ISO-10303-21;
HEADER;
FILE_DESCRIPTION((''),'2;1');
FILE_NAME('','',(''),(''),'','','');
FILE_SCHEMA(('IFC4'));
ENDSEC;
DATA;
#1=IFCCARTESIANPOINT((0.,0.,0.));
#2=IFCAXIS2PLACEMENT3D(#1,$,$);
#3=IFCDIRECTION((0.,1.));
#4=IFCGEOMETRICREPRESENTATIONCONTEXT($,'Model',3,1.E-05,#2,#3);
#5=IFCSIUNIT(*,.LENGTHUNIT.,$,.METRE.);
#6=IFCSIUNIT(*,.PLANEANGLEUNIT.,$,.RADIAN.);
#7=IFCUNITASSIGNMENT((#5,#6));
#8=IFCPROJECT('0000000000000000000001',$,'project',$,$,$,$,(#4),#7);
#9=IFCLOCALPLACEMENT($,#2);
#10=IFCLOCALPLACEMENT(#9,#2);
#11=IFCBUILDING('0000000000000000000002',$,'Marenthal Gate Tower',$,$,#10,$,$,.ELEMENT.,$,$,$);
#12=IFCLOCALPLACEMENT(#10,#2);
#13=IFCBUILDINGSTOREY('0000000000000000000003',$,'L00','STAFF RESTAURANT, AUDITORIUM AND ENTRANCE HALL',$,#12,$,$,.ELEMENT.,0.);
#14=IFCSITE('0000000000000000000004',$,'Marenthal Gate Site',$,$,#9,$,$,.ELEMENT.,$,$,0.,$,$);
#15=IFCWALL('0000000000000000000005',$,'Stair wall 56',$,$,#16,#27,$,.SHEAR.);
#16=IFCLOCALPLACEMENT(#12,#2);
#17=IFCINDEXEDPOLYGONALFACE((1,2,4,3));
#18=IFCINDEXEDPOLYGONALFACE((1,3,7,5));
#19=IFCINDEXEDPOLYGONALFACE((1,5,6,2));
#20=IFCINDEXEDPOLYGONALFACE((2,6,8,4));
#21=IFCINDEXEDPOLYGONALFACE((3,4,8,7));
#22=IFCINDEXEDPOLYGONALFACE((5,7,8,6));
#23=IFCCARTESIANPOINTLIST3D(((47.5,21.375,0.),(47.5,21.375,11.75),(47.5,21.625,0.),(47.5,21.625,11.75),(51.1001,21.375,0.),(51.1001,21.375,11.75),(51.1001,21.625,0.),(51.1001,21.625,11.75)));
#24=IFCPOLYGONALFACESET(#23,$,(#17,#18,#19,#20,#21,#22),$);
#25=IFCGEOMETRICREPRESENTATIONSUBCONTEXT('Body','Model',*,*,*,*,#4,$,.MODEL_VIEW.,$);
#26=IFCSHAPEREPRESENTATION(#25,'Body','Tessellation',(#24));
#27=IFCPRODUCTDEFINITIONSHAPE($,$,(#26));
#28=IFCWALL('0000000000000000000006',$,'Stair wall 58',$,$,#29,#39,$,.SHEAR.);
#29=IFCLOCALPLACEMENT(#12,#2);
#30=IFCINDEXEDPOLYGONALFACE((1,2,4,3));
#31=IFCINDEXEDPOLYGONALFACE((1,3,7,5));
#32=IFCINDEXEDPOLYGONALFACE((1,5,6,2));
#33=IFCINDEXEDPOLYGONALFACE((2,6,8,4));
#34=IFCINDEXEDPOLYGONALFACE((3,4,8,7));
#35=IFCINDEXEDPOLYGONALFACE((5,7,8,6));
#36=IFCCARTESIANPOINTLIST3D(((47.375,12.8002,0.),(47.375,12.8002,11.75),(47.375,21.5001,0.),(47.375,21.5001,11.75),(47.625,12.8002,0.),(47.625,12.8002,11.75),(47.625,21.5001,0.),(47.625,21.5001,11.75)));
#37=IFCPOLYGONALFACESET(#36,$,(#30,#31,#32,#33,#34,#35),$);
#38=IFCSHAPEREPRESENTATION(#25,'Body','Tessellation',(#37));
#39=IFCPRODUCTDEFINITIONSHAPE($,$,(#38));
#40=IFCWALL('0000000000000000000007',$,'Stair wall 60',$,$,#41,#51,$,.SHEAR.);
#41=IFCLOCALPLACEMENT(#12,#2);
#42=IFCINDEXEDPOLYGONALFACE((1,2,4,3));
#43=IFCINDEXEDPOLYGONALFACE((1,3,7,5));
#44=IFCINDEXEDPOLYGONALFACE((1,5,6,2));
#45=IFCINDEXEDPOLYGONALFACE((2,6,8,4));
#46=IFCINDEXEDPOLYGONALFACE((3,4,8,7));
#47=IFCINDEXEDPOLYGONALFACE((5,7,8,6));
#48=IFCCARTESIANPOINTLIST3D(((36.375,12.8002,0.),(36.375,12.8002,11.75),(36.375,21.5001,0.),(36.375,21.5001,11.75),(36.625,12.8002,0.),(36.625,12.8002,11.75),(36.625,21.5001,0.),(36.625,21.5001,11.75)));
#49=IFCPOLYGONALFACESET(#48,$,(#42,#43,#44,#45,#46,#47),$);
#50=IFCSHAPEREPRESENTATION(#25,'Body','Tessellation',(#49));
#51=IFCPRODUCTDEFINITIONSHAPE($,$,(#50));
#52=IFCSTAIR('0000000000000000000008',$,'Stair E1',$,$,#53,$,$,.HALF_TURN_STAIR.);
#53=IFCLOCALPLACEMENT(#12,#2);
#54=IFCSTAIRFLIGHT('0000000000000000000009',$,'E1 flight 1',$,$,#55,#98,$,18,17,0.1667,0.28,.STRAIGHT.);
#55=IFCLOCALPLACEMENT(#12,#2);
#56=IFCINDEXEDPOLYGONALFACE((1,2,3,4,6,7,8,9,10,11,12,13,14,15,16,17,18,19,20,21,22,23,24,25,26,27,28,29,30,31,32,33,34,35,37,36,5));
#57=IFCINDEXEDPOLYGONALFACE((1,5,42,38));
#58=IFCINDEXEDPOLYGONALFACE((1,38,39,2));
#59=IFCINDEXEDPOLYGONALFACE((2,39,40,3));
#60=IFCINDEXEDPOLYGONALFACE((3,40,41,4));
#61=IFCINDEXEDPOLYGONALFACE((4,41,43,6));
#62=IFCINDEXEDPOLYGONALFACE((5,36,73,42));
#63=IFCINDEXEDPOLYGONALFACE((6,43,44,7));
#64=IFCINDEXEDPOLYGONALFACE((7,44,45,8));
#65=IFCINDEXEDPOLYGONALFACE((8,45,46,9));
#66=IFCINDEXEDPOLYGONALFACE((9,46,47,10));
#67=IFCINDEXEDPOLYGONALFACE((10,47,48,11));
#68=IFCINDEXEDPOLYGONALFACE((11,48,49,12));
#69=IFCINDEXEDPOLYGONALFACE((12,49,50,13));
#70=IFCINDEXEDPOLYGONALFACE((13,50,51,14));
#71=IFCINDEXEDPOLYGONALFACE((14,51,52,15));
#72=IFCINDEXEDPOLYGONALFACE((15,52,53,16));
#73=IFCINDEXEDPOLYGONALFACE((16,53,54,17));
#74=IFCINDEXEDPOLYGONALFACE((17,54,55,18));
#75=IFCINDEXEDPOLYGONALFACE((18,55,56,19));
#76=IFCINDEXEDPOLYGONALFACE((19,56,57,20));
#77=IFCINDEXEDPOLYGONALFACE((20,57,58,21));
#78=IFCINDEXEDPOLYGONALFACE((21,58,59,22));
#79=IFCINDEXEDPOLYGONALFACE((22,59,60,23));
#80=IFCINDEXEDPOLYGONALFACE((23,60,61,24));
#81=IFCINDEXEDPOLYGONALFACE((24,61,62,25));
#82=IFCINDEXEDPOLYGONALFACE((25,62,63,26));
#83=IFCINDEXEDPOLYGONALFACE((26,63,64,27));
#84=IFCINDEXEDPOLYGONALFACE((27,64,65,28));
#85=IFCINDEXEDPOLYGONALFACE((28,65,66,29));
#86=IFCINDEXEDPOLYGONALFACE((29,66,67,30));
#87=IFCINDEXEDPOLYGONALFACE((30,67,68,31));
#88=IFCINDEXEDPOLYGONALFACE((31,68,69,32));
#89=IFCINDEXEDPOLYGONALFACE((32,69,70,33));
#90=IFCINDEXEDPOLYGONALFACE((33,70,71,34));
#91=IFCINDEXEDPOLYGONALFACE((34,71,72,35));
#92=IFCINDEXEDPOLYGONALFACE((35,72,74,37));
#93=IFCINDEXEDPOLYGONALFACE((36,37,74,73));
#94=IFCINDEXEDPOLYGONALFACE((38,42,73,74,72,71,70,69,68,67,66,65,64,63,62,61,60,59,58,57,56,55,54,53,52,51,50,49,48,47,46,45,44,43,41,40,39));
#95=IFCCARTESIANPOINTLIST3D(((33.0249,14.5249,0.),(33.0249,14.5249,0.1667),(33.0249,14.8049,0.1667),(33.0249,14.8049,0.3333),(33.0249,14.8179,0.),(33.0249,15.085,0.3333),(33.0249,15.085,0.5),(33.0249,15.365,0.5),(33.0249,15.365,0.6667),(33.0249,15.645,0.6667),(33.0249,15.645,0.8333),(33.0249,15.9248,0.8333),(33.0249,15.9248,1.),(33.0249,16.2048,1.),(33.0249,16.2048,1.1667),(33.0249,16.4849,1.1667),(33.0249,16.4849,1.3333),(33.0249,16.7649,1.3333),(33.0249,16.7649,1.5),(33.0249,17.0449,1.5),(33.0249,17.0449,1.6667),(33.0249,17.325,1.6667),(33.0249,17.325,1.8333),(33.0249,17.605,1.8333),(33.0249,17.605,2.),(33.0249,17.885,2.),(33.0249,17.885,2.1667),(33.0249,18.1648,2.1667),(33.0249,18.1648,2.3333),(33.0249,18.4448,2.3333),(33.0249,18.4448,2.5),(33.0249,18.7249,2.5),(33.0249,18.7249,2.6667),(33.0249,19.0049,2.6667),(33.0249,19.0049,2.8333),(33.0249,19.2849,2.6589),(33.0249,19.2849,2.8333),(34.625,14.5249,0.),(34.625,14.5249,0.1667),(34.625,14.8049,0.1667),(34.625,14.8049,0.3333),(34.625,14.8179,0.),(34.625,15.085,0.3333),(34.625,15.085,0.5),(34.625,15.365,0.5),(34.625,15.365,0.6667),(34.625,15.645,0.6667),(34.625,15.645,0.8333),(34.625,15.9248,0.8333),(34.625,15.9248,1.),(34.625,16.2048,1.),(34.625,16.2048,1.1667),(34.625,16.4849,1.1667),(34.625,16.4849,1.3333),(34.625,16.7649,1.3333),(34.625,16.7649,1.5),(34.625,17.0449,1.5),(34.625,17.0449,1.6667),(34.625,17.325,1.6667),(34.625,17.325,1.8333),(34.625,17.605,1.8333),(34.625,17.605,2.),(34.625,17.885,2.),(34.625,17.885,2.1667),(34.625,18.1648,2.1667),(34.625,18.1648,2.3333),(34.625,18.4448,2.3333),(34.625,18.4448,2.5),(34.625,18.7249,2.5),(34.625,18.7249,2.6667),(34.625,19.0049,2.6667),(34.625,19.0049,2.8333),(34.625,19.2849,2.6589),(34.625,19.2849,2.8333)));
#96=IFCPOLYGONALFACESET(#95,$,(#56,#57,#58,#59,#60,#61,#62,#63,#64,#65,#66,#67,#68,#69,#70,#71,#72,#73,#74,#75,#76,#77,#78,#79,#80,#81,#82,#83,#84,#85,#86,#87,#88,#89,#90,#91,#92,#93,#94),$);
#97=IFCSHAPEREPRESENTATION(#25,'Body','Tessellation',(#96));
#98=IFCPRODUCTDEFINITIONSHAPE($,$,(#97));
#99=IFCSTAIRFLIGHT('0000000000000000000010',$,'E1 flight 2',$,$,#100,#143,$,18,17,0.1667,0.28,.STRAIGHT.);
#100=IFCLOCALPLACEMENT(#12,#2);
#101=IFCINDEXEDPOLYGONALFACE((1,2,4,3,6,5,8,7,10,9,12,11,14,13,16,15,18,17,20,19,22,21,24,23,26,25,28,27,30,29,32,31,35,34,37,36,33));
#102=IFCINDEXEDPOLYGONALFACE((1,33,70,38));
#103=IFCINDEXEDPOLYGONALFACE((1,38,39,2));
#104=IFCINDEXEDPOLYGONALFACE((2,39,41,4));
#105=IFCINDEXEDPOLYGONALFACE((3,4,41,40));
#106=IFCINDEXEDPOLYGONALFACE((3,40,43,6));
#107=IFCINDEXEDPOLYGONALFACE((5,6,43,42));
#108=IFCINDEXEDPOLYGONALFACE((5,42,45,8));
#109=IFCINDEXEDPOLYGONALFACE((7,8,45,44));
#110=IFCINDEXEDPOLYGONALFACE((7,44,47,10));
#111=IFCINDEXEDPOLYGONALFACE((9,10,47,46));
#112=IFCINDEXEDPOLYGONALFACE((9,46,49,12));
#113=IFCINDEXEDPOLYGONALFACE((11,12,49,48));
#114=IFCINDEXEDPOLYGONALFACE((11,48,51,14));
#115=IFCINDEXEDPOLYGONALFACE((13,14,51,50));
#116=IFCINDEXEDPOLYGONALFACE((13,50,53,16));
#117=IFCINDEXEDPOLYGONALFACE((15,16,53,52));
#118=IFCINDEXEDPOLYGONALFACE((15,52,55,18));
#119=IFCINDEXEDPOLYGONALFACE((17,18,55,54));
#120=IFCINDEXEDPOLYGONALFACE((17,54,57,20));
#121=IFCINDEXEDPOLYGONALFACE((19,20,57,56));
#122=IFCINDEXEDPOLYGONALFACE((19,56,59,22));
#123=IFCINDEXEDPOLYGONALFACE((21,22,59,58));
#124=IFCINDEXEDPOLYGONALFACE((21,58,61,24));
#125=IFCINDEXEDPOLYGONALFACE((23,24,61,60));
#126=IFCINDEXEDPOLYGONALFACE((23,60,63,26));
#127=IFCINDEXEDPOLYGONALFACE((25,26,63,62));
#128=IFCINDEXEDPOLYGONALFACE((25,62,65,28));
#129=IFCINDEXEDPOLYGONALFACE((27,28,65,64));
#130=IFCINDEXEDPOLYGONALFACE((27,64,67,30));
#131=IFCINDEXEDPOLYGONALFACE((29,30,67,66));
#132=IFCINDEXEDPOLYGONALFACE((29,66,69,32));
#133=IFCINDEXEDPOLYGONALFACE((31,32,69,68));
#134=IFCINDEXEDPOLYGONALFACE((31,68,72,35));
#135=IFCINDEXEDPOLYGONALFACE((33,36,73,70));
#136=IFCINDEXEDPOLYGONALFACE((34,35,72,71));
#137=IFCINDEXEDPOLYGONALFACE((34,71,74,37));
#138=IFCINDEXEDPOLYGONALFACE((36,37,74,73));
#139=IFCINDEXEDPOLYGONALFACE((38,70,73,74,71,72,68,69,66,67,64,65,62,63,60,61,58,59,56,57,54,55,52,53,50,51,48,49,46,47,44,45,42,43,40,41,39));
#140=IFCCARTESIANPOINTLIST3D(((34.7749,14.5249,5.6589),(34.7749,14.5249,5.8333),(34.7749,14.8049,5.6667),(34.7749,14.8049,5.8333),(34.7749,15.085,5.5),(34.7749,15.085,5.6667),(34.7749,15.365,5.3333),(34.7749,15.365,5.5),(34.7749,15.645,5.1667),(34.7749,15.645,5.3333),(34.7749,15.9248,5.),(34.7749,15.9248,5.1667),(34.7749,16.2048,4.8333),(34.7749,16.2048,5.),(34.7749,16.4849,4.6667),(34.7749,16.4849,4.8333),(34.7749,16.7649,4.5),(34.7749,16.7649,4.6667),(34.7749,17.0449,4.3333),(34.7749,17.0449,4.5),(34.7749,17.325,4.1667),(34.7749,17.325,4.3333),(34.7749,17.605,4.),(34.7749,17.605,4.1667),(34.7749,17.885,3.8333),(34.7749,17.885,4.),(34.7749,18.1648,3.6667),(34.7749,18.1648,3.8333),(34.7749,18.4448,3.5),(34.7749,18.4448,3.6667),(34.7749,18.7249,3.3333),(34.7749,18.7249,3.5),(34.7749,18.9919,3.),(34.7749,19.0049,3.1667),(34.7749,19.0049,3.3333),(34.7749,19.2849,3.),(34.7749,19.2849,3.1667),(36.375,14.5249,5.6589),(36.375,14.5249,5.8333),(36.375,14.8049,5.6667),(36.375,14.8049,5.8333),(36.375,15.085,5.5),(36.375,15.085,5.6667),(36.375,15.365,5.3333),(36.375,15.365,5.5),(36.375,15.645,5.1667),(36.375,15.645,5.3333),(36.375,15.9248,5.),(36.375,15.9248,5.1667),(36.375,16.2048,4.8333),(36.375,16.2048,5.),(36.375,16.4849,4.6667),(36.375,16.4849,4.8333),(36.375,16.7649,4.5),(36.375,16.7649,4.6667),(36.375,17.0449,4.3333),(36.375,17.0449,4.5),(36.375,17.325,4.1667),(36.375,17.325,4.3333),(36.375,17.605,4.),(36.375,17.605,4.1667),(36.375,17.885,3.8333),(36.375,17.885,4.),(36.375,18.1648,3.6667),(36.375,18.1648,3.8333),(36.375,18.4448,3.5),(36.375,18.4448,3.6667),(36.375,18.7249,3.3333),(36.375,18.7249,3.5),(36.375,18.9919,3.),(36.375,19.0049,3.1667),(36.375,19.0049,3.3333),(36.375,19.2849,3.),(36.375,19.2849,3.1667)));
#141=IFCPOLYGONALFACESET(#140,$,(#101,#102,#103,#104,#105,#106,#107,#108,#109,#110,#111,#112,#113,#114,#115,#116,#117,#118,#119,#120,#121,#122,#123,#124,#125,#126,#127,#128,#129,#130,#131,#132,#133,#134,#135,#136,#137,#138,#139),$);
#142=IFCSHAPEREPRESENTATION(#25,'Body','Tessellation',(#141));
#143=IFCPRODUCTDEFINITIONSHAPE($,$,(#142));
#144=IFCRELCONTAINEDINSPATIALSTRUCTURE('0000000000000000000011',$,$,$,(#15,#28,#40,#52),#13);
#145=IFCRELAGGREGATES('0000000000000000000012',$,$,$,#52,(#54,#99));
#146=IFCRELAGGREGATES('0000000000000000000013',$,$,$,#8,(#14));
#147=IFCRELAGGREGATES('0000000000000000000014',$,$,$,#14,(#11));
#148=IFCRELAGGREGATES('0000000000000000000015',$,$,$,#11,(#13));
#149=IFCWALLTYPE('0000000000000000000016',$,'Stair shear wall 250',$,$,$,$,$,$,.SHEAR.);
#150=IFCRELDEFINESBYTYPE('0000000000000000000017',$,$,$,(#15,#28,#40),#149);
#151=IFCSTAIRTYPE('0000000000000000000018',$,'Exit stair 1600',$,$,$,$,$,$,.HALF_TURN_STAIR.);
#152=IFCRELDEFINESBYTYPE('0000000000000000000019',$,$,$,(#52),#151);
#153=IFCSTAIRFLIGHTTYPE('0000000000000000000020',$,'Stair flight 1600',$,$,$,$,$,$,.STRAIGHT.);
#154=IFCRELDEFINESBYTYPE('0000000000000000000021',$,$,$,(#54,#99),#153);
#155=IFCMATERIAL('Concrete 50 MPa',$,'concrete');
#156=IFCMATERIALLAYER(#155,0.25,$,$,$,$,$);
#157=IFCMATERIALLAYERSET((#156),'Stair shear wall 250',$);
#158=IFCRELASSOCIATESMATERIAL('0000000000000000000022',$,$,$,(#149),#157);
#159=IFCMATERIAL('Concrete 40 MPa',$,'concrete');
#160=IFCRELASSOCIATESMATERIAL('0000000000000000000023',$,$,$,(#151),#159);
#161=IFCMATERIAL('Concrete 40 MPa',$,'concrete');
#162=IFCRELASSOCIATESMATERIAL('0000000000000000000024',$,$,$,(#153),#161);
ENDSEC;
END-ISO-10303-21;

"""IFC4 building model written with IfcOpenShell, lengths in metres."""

from ifc_helpers import new_model, si_unit, direction, frame, frame_2d, origin, place, context, subcontext, project, spatial, polyline, rectangle, outline, extrude, material, layer, layer_set, type_object, element, aggregate, save


model = new_model("IFC4")

# Units and contexts
model_context = context("Model", 3, precision=1e-05, world=origin(), true_north=direction((0.0, 1.0)))
body_context = subcontext(model_context, "Body", "Model", "MODEL_VIEW")
ifc_project = project(units=[si_unit("LENGTHUNIT", "METRE"), si_unit("PLANEANGLEUNIT", "RADIAN")], contexts=[model_context])

# Site, building, storey
site_placement = place(None, origin())
site = spatial("IfcSite", under=ifc_project, at=site_placement, Name="Marenthal Gate Site", CompositionType="ELEMENT", RefElevation=0.0)
building_placement = place(site_placement, origin())
building = spatial("IfcBuilding", under=site, at=building_placement, Name="Marenthal Gate Tower", CompositionType="ELEMENT")
storey_placement = place(building_placement, origin())
storey = spatial("IfcBuildingStorey", under=building, at=storey_placement, Name="L00", Description="STAFF RESTAURANT, AUDITORIUM AND ENTRANCE HALL", CompositionType="ELEMENT", Elevation=0.0)

# Shared definitions
ifc_material_1 = material(Name="Concrete 50 MPa", Category="concrete")
ifc_layer_1 = layer(ifc_material_1, 0.25)
ifc_layer_set_1 = layer_set([ifc_layer_1], Name="Stair shear wall 250")
wall_type_1 = type_object("IfcWallType", Name="Stair shear wall 250", PredefinedType="SHEAR", material=ifc_layer_set_1)

# Walls
wall_1_placement = place(storey_placement, frame((47.5, 21.5, 0.0), z_axis=(0.0, 0.0, 1.0), x_axis=(1.0, 0.0, 0.0)))
element("IfcWall", 1, at=wall_1_placement, inside=storey, type_object=wall_type_1, Name="Stair wall 56", PredefinedType="SHEAR", context=body_context, shape_type="SweptSolid", body=[
    extrude(rectangle(XDim=3.6001, YDim=0.25, at=frame_2d((1.8, 0.0))), origin(), (0.0, 0.0, 1.0), 11.75),
])
for number, where, z_axis, x_axis, name in (
    (2, (47.5, 12.8, 0.0), (0.0, 0.0, 1.0), (0.0, 1.0, 0.0), "Stair wall 58"),
    (3, (36.5, 12.8, 0.0), (0.0, 0.0, 1.0), (0.0, 1.0, 0.0), "Stair wall 60"),
):
    element("IfcWall", number, at=place(storey_placement, frame(where, z_axis=z_axis, x_axis=x_axis)), inside=storey, type_object=wall_type_1, Name=name, PredefinedType="SHEAR", context=body_context, shape_type="SweptSolid", body=[
        extrude(rectangle(XDim=8.7, YDim=0.25, at=frame_2d((4.3501, 0.0))), origin(), (0.0, 0.0, 1.0), 11.75),
    ])

# Stair, stair flights
ifc_material_2 = material(Name="Concrete 40 MPa", Category="concrete")
stair_type = type_object("IfcStairType", Name="Exit stair 1600", PredefinedType="HALF_TURN_STAIR", material=ifc_material_2)
stair_placement = place(storey_placement, origin())
stair = element("IfcStair", 4, at=stair_placement, inside=storey, type_object=stair_type, Name="Stair E1", PredefinedType="HALF_TURN_STAIR")
ifc_material_3 = material(Name="Concrete 40 MPa", Category="concrete")
stair_flight_type = type_object("IfcStairFlightType", Name="Stair flight 1600", PredefinedType="STRAIGHT", material=ifc_material_3)
stair_flight_1_placement = place(storey_placement, frame((33.825, 14.5249, 0.0), z_axis=(0.0, 0.0, 1.0), x_axis=(0.0, 1.0, 0.0)))
stair_flight_1 = element("IfcStairFlight", 5, at=stair_flight_1_placement, type_object=stair_flight_type, Name="E1 flight 1", NumberOfRisers=18, NumberOfTreads=17, PredefinedType="STRAIGHT", RiserHeight=0.1667, TreadLength=0.28, context=body_context, shape_type="SweptSolid", body=[
    extrude(outline(polyline([(0.0, 0.0), (0.0, 0.1667), (0.28, 0.1667), (0.28, 0.3333), (0.5601, 0.3333), (0.5601, 0.5), (0.8401, 0.5), (0.8401, 0.6667), (1.1201, 0.6667), (1.1201, 0.8333), (1.3999, 0.8333), (1.3999, 1.0), (1.6799, 1.0), (1.6799, 1.1667), (1.96, 1.1667), (1.96, 1.3333), (2.24, 1.3333), (2.24, 1.5), (2.52, 1.5), (2.52, 1.6667), (2.8, 1.6667), (2.8, 1.8333), (3.0801, 1.8333), (3.0801, 2.0), (3.3601, 2.0), (3.3601, 2.1667), (3.6399, 2.1667), (3.6399, 2.3333), (3.9199, 2.3333), (3.9199, 2.5), (4.2, 2.5), (4.2, 2.6667), (4.48, 2.6667), (4.48, 2.8333), (4.76, 2.8333), (4.76, 3.0), (4.76, 2.6589), (0.293, 0.0), (0.0, 0.0)])), frame((0.0, 0.8, 0.0), z_axis=(0.0, -1.0, 0.0), x_axis=(1.0, 0.0, 0.0)), (0.0, 0.0, 1.0), 1.6001),
])
stair_flight_2_placement = place(storey_placement, frame((35.575, 19.2849, 3.0), z_axis=(0.0, 0.0, 1.0), x_axis=(0.0, -1.0, 0.0)))
stair_flight_2 = element("IfcStairFlight", 6, at=stair_flight_2_placement, type_object=stair_flight_type, Name="E1 flight 2", NumberOfRisers=18, NumberOfTreads=17, PredefinedType="STRAIGHT", RiserHeight=0.1667, TreadLength=0.28, context=body_context, shape_type="SweptSolid", body=[
    extrude(outline(polyline([(0.0, 0.0), (0.0, 0.1667), (0.28, 0.1667), (0.28, 0.3333), (0.5601, 0.3333), (0.5601, 0.5), (0.8401, 0.5), (0.8401, 0.6667), (1.1201, 0.6667), (1.1201, 0.8333), (1.3999, 0.8333), (1.3999, 1.0), (1.6799, 1.0), (1.6799, 1.1667), (1.96, 1.1667), (1.96, 1.3333), (2.24, 1.3333), (2.24, 1.5), (2.52, 1.5), (2.52, 1.6667), (2.8, 1.6667), (2.8, 1.8333), (3.0801, 1.8333), (3.0801, 2.0), (3.3601, 2.0), (3.3601, 2.1667), (3.6399, 2.1667), (3.6399, 2.3333), (3.9199, 2.3333), (3.9199, 2.5), (4.2, 2.5), (4.2, 2.6667), (4.48, 2.6667), (4.48, 2.8333), (4.76, 2.8333), (4.76, 3.0), (4.76, 2.6589), (0.293, 0.0), (0.0, 0.0)])), frame((0.0, 0.8, 0.0), z_axis=(0.0, -1.0, 0.0), x_axis=(1.0, 0.0, 0.0)), (0.0, 0.0, 1.0), 1.6001),
])
aggregate(stair, [stair_flight_1, stair_flight_2])

save(model, "model.ifc")
